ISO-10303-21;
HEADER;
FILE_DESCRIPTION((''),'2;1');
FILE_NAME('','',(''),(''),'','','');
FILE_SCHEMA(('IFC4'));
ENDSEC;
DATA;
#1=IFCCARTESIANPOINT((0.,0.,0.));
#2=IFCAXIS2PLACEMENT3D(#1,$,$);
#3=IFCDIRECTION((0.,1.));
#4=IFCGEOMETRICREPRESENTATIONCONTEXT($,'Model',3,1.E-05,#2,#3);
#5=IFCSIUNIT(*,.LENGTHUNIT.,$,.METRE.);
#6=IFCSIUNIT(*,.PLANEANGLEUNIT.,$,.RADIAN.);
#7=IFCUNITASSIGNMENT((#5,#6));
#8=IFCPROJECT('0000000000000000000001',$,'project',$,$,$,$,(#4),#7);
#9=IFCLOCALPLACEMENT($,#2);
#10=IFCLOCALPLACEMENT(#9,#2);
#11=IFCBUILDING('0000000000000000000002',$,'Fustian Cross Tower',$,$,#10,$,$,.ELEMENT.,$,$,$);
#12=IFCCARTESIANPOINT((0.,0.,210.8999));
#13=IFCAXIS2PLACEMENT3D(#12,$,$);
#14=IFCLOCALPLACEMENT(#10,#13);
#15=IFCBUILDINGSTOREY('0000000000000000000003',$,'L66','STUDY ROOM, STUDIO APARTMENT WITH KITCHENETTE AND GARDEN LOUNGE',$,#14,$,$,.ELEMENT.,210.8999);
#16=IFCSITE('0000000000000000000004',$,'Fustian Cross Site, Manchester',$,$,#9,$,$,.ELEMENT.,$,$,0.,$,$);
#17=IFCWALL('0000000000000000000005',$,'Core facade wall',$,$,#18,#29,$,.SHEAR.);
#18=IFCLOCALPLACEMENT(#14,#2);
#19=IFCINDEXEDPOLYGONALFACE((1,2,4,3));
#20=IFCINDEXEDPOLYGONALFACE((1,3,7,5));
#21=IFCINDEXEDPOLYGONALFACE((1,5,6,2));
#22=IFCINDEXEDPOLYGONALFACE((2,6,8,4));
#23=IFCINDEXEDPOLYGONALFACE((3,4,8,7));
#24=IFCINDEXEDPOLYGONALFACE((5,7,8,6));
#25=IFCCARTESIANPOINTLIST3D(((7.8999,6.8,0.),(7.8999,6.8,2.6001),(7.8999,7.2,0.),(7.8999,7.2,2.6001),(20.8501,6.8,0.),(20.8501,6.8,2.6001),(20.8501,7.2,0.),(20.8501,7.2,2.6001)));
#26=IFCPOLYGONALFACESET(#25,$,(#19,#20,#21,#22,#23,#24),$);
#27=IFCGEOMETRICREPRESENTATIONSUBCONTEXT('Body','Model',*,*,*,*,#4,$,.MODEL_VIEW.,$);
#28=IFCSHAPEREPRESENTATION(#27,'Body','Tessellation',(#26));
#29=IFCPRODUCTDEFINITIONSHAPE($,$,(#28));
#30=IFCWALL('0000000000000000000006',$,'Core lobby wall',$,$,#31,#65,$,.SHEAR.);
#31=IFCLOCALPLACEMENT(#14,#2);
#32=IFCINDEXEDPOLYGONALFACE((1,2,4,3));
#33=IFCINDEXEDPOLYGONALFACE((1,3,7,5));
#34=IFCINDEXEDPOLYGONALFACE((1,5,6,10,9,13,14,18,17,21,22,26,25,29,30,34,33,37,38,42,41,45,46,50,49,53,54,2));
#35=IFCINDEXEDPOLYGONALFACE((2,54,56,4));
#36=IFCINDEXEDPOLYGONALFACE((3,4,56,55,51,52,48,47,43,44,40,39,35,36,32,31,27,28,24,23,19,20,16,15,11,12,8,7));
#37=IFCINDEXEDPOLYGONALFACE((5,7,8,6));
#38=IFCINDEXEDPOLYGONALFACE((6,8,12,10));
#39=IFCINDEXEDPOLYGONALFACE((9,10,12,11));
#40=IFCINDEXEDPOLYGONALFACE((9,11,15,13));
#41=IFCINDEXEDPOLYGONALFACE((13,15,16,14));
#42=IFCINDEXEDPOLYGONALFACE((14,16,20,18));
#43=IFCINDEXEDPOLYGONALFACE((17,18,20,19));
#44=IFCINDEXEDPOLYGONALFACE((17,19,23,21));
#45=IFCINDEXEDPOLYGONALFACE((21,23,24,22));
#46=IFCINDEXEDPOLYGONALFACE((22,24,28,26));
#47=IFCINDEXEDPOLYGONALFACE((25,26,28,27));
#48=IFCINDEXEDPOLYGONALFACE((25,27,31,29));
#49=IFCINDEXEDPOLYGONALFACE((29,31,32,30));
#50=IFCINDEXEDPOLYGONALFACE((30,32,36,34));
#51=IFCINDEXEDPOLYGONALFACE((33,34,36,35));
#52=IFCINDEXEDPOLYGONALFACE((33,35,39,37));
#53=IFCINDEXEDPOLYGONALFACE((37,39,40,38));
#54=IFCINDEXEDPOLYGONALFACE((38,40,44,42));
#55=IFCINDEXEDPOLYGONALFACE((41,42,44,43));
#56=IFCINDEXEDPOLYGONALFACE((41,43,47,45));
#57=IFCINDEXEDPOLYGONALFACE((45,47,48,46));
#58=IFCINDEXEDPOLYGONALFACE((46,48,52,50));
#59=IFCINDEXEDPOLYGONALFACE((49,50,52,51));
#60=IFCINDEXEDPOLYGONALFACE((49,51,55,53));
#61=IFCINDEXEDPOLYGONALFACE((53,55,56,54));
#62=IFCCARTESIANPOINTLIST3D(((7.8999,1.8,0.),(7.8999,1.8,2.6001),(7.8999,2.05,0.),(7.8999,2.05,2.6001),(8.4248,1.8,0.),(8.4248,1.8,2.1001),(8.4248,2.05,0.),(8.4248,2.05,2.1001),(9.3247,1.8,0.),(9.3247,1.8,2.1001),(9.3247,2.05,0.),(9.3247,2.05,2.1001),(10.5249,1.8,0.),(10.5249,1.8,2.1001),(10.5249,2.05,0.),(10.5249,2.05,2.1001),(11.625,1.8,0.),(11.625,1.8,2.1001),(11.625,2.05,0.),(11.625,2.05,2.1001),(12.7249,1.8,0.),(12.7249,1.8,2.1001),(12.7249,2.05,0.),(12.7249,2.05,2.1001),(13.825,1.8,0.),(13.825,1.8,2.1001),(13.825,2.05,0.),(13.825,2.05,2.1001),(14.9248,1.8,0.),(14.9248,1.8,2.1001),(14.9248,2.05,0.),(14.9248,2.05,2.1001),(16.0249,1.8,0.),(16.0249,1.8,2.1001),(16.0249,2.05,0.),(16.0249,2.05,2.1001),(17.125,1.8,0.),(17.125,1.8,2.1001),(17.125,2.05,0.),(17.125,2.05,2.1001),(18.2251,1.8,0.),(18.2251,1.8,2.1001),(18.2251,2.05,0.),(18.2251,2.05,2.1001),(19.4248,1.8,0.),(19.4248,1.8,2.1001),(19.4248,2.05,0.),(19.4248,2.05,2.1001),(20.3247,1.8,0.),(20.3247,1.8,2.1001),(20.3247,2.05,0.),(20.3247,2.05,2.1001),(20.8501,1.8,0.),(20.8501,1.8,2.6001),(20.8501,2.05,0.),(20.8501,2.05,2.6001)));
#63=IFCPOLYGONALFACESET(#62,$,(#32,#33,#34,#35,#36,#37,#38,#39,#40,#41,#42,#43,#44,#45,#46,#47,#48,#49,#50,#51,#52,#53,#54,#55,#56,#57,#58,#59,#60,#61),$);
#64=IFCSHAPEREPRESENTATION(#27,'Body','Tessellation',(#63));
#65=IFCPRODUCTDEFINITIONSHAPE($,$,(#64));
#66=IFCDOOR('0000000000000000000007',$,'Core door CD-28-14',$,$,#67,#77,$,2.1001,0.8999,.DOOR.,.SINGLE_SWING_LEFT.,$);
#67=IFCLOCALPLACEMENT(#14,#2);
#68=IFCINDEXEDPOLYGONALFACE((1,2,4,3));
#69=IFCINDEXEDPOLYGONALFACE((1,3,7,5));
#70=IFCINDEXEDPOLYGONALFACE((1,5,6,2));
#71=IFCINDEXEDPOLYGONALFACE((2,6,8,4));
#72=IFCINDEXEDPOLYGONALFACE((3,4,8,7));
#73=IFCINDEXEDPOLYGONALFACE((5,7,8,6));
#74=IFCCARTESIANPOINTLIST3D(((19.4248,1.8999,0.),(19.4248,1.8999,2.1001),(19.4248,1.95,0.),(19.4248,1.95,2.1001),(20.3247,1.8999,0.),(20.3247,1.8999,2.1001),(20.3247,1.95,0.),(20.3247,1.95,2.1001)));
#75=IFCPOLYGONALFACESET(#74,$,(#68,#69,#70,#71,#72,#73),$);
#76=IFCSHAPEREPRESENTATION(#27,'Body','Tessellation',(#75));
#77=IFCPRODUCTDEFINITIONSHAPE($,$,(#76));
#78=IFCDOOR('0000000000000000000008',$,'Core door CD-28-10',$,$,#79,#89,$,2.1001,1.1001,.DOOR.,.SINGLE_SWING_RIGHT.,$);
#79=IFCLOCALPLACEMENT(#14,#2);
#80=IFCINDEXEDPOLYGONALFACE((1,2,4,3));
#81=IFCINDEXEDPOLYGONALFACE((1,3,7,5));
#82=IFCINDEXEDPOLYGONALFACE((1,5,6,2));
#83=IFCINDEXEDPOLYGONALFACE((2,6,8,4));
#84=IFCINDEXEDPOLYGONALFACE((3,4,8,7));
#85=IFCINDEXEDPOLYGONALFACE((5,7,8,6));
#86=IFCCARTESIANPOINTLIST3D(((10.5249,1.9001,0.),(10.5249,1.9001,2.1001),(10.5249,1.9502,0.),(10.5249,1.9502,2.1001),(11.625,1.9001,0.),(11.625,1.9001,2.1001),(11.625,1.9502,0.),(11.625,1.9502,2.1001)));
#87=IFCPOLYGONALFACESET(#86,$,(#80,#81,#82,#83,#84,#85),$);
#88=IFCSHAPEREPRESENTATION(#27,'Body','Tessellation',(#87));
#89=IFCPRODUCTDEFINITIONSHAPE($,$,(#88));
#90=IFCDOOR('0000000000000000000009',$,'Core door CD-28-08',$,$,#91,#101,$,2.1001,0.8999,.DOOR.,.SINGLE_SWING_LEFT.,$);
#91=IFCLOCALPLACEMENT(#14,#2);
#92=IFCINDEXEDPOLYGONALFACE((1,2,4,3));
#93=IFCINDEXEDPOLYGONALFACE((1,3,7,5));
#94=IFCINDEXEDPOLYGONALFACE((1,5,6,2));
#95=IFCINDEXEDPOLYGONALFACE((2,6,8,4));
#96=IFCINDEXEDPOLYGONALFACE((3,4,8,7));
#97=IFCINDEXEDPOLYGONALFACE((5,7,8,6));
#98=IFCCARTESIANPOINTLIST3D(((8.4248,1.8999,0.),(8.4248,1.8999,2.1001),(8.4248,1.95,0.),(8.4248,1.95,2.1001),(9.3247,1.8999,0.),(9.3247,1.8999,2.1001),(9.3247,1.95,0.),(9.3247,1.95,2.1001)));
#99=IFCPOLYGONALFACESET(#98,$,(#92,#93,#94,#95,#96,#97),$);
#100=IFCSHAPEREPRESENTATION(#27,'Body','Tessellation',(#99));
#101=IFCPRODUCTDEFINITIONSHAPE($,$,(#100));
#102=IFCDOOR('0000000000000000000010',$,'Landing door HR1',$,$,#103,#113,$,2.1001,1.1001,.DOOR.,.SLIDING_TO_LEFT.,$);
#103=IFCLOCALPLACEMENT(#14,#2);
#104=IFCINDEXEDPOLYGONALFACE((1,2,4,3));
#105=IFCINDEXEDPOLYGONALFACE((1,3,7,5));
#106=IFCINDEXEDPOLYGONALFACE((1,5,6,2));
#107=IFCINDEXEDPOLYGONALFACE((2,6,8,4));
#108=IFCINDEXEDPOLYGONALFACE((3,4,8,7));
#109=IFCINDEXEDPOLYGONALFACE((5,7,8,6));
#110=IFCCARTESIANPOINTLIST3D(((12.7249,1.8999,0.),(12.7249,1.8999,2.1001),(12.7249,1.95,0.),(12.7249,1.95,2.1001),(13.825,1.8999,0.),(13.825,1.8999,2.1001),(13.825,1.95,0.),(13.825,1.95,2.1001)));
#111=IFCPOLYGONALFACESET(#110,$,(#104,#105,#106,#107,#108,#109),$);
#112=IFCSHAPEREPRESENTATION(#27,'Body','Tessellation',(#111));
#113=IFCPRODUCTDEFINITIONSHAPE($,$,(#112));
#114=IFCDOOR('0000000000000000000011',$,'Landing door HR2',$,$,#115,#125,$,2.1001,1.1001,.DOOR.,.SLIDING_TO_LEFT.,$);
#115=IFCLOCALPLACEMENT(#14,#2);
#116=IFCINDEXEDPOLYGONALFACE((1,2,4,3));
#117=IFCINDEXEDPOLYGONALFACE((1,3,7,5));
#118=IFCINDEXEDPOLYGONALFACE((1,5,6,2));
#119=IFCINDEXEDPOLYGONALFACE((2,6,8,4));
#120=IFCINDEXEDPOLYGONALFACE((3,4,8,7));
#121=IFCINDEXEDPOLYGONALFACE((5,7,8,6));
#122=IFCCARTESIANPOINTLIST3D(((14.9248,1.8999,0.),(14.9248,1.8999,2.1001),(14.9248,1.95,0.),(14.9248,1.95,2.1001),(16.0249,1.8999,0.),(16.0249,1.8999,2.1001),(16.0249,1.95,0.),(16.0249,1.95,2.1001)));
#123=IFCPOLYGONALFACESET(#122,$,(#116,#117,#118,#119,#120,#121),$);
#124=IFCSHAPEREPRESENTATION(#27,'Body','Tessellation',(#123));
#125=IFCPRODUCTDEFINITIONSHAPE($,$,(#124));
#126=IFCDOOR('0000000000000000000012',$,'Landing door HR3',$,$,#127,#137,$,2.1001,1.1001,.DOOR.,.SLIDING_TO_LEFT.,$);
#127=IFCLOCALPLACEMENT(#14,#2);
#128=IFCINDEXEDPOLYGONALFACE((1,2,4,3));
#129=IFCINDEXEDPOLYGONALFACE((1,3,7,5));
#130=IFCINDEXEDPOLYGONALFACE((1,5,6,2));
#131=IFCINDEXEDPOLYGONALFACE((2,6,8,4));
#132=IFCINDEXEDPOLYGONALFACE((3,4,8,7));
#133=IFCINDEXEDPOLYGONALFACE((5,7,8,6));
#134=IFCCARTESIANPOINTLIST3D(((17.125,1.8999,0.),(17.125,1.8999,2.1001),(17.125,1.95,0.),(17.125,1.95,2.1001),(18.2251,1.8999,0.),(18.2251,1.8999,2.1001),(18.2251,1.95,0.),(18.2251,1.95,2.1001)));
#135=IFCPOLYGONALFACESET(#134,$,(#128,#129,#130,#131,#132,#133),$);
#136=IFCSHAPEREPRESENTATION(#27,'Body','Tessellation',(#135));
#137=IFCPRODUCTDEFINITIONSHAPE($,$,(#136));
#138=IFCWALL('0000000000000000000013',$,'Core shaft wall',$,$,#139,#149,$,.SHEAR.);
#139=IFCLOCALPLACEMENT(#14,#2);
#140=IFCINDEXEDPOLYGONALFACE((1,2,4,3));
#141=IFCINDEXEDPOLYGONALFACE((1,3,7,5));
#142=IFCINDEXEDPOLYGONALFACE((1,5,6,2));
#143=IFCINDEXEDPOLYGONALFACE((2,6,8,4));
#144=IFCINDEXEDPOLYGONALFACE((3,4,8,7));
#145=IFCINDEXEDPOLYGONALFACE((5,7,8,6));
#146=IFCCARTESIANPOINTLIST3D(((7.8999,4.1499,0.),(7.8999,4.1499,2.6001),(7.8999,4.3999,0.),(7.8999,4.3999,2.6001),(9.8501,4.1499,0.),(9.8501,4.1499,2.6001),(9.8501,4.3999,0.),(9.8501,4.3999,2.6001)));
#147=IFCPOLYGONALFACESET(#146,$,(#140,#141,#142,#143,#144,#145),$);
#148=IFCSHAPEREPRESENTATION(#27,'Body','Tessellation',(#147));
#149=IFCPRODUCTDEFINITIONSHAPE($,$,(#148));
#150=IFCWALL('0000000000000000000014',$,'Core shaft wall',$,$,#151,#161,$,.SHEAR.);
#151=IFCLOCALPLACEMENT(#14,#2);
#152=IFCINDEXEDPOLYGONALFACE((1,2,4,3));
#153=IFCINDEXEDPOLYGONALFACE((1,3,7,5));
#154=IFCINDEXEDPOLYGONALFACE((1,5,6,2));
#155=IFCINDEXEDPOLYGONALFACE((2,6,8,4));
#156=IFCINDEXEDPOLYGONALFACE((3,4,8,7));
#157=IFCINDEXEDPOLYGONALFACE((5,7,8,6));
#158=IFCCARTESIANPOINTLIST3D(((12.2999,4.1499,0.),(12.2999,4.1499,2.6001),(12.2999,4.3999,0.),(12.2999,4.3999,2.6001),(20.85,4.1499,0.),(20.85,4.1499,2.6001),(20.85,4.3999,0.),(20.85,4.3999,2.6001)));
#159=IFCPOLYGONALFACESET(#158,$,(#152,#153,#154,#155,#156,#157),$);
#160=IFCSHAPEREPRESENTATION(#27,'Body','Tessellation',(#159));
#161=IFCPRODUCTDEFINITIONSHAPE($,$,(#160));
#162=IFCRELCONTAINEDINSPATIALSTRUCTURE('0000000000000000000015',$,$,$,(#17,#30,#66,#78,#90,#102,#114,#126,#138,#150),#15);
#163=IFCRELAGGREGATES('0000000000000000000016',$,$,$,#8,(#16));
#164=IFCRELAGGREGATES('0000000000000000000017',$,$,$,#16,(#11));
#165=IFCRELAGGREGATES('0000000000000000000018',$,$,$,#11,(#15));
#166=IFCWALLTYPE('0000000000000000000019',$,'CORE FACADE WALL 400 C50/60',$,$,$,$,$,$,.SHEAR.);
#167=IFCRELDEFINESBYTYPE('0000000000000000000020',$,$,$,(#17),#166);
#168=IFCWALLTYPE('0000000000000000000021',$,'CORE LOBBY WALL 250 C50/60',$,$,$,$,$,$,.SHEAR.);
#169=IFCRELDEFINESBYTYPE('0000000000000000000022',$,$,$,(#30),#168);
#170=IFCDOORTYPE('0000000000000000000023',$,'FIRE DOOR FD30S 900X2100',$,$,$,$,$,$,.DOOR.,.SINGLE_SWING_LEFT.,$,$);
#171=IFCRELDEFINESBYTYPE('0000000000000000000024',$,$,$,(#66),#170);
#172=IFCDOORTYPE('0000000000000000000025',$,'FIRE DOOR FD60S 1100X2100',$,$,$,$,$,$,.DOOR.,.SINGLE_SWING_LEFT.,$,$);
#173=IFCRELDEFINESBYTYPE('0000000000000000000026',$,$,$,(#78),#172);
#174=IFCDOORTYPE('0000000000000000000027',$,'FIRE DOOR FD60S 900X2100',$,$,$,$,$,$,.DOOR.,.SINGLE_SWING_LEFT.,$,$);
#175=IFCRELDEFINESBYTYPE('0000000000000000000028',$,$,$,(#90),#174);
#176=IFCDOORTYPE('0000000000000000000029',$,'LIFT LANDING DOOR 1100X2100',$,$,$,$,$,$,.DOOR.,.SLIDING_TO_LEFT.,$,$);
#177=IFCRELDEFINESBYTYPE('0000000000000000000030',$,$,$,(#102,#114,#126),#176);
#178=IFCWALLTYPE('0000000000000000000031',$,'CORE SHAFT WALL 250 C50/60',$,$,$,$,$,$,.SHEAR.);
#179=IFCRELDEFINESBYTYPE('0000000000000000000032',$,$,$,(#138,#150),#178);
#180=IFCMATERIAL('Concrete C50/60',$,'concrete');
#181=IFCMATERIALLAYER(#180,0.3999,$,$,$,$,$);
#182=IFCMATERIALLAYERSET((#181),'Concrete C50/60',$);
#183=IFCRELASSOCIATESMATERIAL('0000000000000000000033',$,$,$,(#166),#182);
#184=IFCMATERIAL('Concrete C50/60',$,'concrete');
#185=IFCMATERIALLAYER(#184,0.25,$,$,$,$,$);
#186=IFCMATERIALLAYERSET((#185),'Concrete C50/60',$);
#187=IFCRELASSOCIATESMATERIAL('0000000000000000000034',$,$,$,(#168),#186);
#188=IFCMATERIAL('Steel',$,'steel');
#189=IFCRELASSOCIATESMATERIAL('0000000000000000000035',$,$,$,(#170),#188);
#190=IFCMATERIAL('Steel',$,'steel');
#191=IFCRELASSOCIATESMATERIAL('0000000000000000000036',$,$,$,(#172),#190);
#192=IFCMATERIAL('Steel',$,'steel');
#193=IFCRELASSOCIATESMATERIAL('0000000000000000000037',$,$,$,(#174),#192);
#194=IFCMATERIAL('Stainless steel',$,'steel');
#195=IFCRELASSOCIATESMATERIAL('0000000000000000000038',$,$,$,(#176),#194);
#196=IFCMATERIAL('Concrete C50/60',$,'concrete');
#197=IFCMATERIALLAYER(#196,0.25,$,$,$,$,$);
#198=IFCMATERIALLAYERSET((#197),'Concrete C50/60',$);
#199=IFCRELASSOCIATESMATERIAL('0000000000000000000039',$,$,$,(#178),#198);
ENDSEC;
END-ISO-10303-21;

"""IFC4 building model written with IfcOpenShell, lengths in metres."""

from ifc_helpers import new_model, si_unit, direction, frame, frame_2d, origin, place, context, subcontext, project, spatial, rectangle, extrude, material, layer, layer_set, type_object, element, fill, save


model = new_model("IFC4")

# Units and contexts
model_context = context("Model", 3, precision=1e-05, world=origin(), true_north=direction((0.0, 1.0)))
body_context = subcontext(model_context, "Body", "Model", "MODEL_VIEW")
ifc_project = project(units=[si_unit("LENGTHUNIT", "METRE"), si_unit("PLANEANGLEUNIT", "RADIAN")], contexts=[model_context])

# Site, building, storey
site_placement = place(None, origin())
site = spatial("IfcSite", under=ifc_project, at=site_placement, Name="Fustian Cross Site, Manchester", CompositionType="ELEMENT", RefElevation=0.0)
building_placement = place(site_placement, origin())
building = spatial("IfcBuilding", under=site, at=building_placement, Name="Fustian Cross Tower", CompositionType="ELEMENT")
storey_placement = place(building_placement, frame((0.0, 0.0, 210.8999)))
storey = spatial("IfcBuildingStorey", under=building, at=storey_placement, Name="L66", Description="STUDY ROOM, STUDIO APARTMENT WITH KITCHENETTE AND GARDEN LOUNGE", CompositionType="ELEMENT", Elevation=210.8999)

# Wall
ifc_material_1 = material(Name="Concrete C50/60", Category="concrete")
ifc_layer_1 = layer(ifc_material_1, 0.3999)
ifc_layer_set_1 = layer_set([ifc_layer_1], Name="Concrete C50/60")
wall_type_1 = type_object("IfcWallType", Name="CORE FACADE WALL 400 C50/60", PredefinedType="SHEAR", material=ifc_layer_set_1)
wall_1_placement = place(storey_placement, frame((7.8999, 7.0, 0.0), z_axis=(0.0, 0.0, 1.0), x_axis=(1.0, 0.0, 0.0)))
element("IfcWall", 1, at=wall_1_placement, inside=storey, type_object=wall_type_1, Name="Core facade wall", PredefinedType="SHEAR", context=body_context, shape_type="SweptSolid", body=[
    extrude(rectangle(XDim=12.9502, YDim=0.3999, at=frame_2d((6.4751, 0.0))), origin(), (0.0, 0.0, 1.0), 2.6001),
])

# Wall, openings, doors
ifc_material_2 = material(Name="Concrete C50/60", Category="concrete")
ifc_layer_2 = layer(ifc_material_2, 0.25)
ifc_layer_set_2 = layer_set([ifc_layer_2], Name="Concrete C50/60")
wall_type_2 = type_object("IfcWallType", Name="CORE LOBBY WALL 250 C50/60", PredefinedType="SHEAR", material=ifc_layer_set_2)
wall_2_placement = place(storey_placement, frame((7.8999, 1.925, 0.0), z_axis=(0.0, 0.0, 1.0), x_axis=(1.0, 0.0, 0.0)))
wall_2 = element("IfcWall", 2, at=wall_2_placement, inside=storey, type_object=wall_type_2, Name="Core lobby wall", PredefinedType="SHEAR", context=body_context, shape_type="SweptSolid", body=[
    extrude(rectangle(XDim=12.9502, YDim=0.25, at=frame_2d((6.4751, 0.0))), origin(), (0.0, 0.0, 1.0), 2.6001),
])
opening_1_placement = place(wall_2_placement, frame((4.825, 0.0, 0.0)))
opening_1 = element("IfcOpeningElement", 3, at=opening_1_placement, cuts=wall_2, PredefinedType="OPENING", context=body_context, shape_type="SweptSolid", body=[
    extrude(rectangle(XDim=1.1001, YDim=2.1001, at=frame_2d((0.55, 1.05))), frame((0.0, 0.135, 0.0), z_axis=(0.0, -1.0, 0.0), x_axis=(1.0, 0.0, 0.0)), (0.0, 0.0, 1.0), 0.27),
])
opening_2_placement = place(wall_2_placement, frame((7.0249, 0.0, 0.0)))
opening_2 = element("IfcOpeningElement", 4, at=opening_2_placement, cuts=wall_2, PredefinedType="OPENING", context=body_context, shape_type="SweptSolid", body=[
    extrude(rectangle(XDim=1.1001, YDim=2.1001, at=frame_2d((0.55, 1.05))), frame((0.0, 0.135, 0.0), z_axis=(0.0, -1.0, 0.0), x_axis=(1.0, 0.0, 0.0)), (0.0, 0.0, 1.0), 0.27),
])
opening_3_placement = place(wall_2_placement, frame((9.2251, 0.0, 0.0)))
opening_3 = element("IfcOpeningElement", 5, at=opening_3_placement, cuts=wall_2, PredefinedType="OPENING", context=body_context, shape_type="SweptSolid", body=[
    extrude(rectangle(XDim=1.1001, YDim=2.1001, at=frame_2d((0.55, 1.05))), frame((0.0, 0.135, 0.0), z_axis=(0.0, -1.0, 0.0), x_axis=(1.0, 0.0, 0.0)), (0.0, 0.0, 1.0), 0.27),
])
opening_4_placement = place(wall_2_placement, frame((0.5249, 0.0, 0.0)))
opening_4 = element("IfcOpeningElement", 6, at=opening_4_placement, cuts=wall_2, PredefinedType="OPENING", context=body_context, shape_type="SweptSolid", body=[
    extrude(rectangle(XDim=0.8999, YDim=2.1001, at=frame_2d((0.45, 1.05))), frame((0.0, 0.135, 0.0), z_axis=(0.0, -1.0, 0.0), x_axis=(1.0, 0.0, 0.0)), (0.0, 0.0, 1.0), 0.27),
])
opening_5_placement = place(wall_2_placement, frame((2.625, 0.0, 0.0)))
opening_5 = element("IfcOpeningElement", 7, at=opening_5_placement, cuts=wall_2, PredefinedType="OPENING", context=body_context, shape_type="SweptSolid", body=[
    extrude(rectangle(XDim=1.1001, YDim=2.1001, at=frame_2d((0.55, 1.05))), frame((0.0, 0.135, 0.0), z_axis=(0.0, -1.0, 0.0), x_axis=(1.0, 0.0, 0.0)), (0.0, 0.0, 1.0), 0.27),
])
opening_6_placement = place(wall_2_placement, frame((11.5249, 0.0, 0.0)))
opening_6 = element("IfcOpeningElement", 8, at=opening_6_placement, cuts=wall_2, PredefinedType="OPENING", context=body_context, shape_type="SweptSolid", body=[
    extrude(rectangle(XDim=0.8999, YDim=2.1001, at=frame_2d((0.45, 1.05))), frame((0.0, 0.135, 0.0), z_axis=(0.0, -1.0, 0.0), x_axis=(1.0, 0.0, 0.0)), (0.0, 0.0, 1.0), 0.27),
])
ifc_material_3 = material(Name="Steel", Category="steel")
door_type_1 = type_object("IfcDoorType", Name="FIRE DOOR FD30S 900X2100", OperationType="SINGLE_SWING_LEFT", PredefinedType="DOOR", material=ifc_material_3)
door_1_placement = place(opening_6_placement, origin())
door_1 = element("IfcDoor", 9, at=door_1_placement, inside=storey, type_object=door_type_1, Name="Core door CD-28-14", OperationType="SINGLE_SWING_LEFT", OverallHeight=2.1001, OverallWidth=0.8999, PredefinedType="DOOR", context=body_context, shape_type="SweptSolid", body=[
    extrude(rectangle(XDim=0.8999, YDim=2.1001, at=frame_2d((0.45, 1.05))), frame((0.0, 0.0249, 0.0), z_axis=(0.0, -1.0, 0.0), x_axis=(1.0, 0.0, 0.0)), (0.0, 0.0, 1.0), 0.05),
])
fill(opening_6, door_1)
ifc_material_4 = material(Name="Steel", Category="steel")
door_type_2 = type_object("IfcDoorType", Name="FIRE DOOR FD60S 1100X2100", OperationType="SINGLE_SWING_LEFT", PredefinedType="DOOR", material=ifc_material_4)
door_2_placement = place(opening_5_placement, frame((1.1001, 0.0, 0.0), z_axis=(0.0, 0.0, 1.0), x_axis=(-1.0, 0.0, 0.0)))
door_2 = element("IfcDoor", 10, at=door_2_placement, inside=storey, type_object=door_type_2, Name="Core door CD-28-10", OperationType="SINGLE_SWING_RIGHT", OverallHeight=2.1001, OverallWidth=1.1001, PredefinedType="DOOR", context=body_context, shape_type="SweptSolid", body=[
    extrude(rectangle(XDim=1.1001, YDim=2.1001, at=frame_2d((0.55, 1.05))), frame((0.0, 0.0249, 0.0), z_axis=(0.0, -1.0, 0.0), x_axis=(1.0, 0.0, 0.0)), (0.0, 0.0, 1.0), 0.05),
])
fill(opening_5, door_2)
ifc_material_5 = material(Name="Steel", Category="steel")
door_type_3 = type_object("IfcDoorType", Name="FIRE DOOR FD60S 900X2100", OperationType="SINGLE_SWING_LEFT", PredefinedType="DOOR", material=ifc_material_5)
door_3_placement = place(opening_4_placement, origin())
door_3 = element("IfcDoor", 11, at=door_3_placement, inside=storey, type_object=door_type_3, Name="Core door CD-28-08", OperationType="SINGLE_SWING_LEFT", OverallHeight=2.1001, OverallWidth=0.8999, PredefinedType="DOOR", context=body_context, shape_type="SweptSolid", body=[
    extrude(rectangle(XDim=0.8999, YDim=2.1001, at=frame_2d((0.45, 1.05))), frame((0.0, 0.0249, 0.0), z_axis=(0.0, -1.0, 0.0), x_axis=(1.0, 0.0, 0.0)), (0.0, 0.0, 1.0), 0.05),
])
fill(opening_4, door_3)
ifc_material_6 = material(Name="Stainless steel", Category="steel")
door_type_4 = type_object("IfcDoorType", Name="LIFT LANDING DOOR 1100X2100", OperationType="SLIDING_TO_LEFT", PredefinedType="DOOR", material=ifc_material_6)
door_4_placement = place(opening_1_placement, origin())
door_4 = element("IfcDoor", 12, at=door_4_placement, inside=storey, type_object=door_type_4, Name="Landing door HR1", OperationType="SLIDING_TO_LEFT", OverallHeight=2.1001, OverallWidth=1.1001, PredefinedType="DOOR", context=body_context, shape_type="SweptSolid", body=[
    extrude(rectangle(XDim=1.1001, YDim=2.1001, at=frame_2d((0.55, 1.05))), frame((0.0, 0.0249, 0.0), z_axis=(0.0, -1.0, 0.0), x_axis=(1.0, 0.0, 0.0)), (0.0, 0.0, 1.0), 0.05),
])
fill(opening_1, door_4)
door_5_placement = place(opening_2_placement, origin())
door_5 = element("IfcDoor", 13, at=door_5_placement, inside=storey, type_object=door_type_4, Name="Landing door HR2", OperationType="SLIDING_TO_LEFT", OverallHeight=2.1001, OverallWidth=1.1001, PredefinedType="DOOR", context=body_context, shape_type="SweptSolid", body=[
    extrude(rectangle(XDim=1.1001, YDim=2.1001, at=frame_2d((0.55, 1.05))), frame((0.0, 0.0249, 0.0), z_axis=(0.0, -1.0, 0.0), x_axis=(1.0, 0.0, 0.0)), (0.0, 0.0, 1.0), 0.05),
])
fill(opening_2, door_5)
door_6_placement = place(opening_3_placement, origin())
door_6 = element("IfcDoor", 14, at=door_6_placement, inside=storey, type_object=door_type_4, Name="Landing door HR3", OperationType="SLIDING_TO_LEFT", OverallHeight=2.1001, OverallWidth=1.1001, PredefinedType="DOOR", context=body_context, shape_type="SweptSolid", body=[
    extrude(rectangle(XDim=1.1001, YDim=2.1001, at=frame_2d((0.55, 1.05))), frame((0.0, 0.0249, 0.0), z_axis=(0.0, -1.0, 0.0), x_axis=(1.0, 0.0, 0.0)), (0.0, 0.0, 1.0), 0.05),
])
fill(opening_3, door_6)

# Walls
ifc_material_7 = material(Name="Concrete C50/60", Category="concrete")
ifc_layer_3 = layer(ifc_material_7, 0.25)
ifc_layer_set_3 = layer_set([ifc_layer_3], Name="Concrete C50/60")
wall_type_3 = type_object("IfcWallType", Name="CORE SHAFT WALL 250 C50/60", PredefinedType="SHEAR", material=ifc_layer_set_3)
wall_3_placement = place(storey_placement, frame((7.8999, 4.2749, 0.0), z_axis=(0.0, 0.0, 1.0), x_axis=(1.0, 0.0, 0.0)))
element("IfcWall", 15, at=wall_3_placement, inside=storey, type_object=wall_type_3, Name="Core shaft wall", PredefinedType="SHEAR", context=body_context, shape_type="SweptSolid", body=[
    extrude(rectangle(XDim=1.9502, YDim=0.25, at=frame_2d((0.9751, 0.0))), origin(), (0.0, 0.0, 1.0), 2.6001),
])
wall_4_placement = place(storey_placement, frame((12.3, 4.2749, 0.0), z_axis=(0.0, 0.0, 1.0), x_axis=(1.0, 0.0, 0.0)))
element("IfcWall", 16, at=wall_4_placement, inside=storey, type_object=wall_type_3, Name="Core shaft wall", PredefinedType="SHEAR", context=body_context, shape_type="SweptSolid", body=[
    extrude(rectangle(XDim=8.55, YDim=0.25, at=frame_2d((4.2749, 0.0))), origin(), (0.0, 0.0, 1.0), 2.6001),
])

save(model, "model.ifc")
